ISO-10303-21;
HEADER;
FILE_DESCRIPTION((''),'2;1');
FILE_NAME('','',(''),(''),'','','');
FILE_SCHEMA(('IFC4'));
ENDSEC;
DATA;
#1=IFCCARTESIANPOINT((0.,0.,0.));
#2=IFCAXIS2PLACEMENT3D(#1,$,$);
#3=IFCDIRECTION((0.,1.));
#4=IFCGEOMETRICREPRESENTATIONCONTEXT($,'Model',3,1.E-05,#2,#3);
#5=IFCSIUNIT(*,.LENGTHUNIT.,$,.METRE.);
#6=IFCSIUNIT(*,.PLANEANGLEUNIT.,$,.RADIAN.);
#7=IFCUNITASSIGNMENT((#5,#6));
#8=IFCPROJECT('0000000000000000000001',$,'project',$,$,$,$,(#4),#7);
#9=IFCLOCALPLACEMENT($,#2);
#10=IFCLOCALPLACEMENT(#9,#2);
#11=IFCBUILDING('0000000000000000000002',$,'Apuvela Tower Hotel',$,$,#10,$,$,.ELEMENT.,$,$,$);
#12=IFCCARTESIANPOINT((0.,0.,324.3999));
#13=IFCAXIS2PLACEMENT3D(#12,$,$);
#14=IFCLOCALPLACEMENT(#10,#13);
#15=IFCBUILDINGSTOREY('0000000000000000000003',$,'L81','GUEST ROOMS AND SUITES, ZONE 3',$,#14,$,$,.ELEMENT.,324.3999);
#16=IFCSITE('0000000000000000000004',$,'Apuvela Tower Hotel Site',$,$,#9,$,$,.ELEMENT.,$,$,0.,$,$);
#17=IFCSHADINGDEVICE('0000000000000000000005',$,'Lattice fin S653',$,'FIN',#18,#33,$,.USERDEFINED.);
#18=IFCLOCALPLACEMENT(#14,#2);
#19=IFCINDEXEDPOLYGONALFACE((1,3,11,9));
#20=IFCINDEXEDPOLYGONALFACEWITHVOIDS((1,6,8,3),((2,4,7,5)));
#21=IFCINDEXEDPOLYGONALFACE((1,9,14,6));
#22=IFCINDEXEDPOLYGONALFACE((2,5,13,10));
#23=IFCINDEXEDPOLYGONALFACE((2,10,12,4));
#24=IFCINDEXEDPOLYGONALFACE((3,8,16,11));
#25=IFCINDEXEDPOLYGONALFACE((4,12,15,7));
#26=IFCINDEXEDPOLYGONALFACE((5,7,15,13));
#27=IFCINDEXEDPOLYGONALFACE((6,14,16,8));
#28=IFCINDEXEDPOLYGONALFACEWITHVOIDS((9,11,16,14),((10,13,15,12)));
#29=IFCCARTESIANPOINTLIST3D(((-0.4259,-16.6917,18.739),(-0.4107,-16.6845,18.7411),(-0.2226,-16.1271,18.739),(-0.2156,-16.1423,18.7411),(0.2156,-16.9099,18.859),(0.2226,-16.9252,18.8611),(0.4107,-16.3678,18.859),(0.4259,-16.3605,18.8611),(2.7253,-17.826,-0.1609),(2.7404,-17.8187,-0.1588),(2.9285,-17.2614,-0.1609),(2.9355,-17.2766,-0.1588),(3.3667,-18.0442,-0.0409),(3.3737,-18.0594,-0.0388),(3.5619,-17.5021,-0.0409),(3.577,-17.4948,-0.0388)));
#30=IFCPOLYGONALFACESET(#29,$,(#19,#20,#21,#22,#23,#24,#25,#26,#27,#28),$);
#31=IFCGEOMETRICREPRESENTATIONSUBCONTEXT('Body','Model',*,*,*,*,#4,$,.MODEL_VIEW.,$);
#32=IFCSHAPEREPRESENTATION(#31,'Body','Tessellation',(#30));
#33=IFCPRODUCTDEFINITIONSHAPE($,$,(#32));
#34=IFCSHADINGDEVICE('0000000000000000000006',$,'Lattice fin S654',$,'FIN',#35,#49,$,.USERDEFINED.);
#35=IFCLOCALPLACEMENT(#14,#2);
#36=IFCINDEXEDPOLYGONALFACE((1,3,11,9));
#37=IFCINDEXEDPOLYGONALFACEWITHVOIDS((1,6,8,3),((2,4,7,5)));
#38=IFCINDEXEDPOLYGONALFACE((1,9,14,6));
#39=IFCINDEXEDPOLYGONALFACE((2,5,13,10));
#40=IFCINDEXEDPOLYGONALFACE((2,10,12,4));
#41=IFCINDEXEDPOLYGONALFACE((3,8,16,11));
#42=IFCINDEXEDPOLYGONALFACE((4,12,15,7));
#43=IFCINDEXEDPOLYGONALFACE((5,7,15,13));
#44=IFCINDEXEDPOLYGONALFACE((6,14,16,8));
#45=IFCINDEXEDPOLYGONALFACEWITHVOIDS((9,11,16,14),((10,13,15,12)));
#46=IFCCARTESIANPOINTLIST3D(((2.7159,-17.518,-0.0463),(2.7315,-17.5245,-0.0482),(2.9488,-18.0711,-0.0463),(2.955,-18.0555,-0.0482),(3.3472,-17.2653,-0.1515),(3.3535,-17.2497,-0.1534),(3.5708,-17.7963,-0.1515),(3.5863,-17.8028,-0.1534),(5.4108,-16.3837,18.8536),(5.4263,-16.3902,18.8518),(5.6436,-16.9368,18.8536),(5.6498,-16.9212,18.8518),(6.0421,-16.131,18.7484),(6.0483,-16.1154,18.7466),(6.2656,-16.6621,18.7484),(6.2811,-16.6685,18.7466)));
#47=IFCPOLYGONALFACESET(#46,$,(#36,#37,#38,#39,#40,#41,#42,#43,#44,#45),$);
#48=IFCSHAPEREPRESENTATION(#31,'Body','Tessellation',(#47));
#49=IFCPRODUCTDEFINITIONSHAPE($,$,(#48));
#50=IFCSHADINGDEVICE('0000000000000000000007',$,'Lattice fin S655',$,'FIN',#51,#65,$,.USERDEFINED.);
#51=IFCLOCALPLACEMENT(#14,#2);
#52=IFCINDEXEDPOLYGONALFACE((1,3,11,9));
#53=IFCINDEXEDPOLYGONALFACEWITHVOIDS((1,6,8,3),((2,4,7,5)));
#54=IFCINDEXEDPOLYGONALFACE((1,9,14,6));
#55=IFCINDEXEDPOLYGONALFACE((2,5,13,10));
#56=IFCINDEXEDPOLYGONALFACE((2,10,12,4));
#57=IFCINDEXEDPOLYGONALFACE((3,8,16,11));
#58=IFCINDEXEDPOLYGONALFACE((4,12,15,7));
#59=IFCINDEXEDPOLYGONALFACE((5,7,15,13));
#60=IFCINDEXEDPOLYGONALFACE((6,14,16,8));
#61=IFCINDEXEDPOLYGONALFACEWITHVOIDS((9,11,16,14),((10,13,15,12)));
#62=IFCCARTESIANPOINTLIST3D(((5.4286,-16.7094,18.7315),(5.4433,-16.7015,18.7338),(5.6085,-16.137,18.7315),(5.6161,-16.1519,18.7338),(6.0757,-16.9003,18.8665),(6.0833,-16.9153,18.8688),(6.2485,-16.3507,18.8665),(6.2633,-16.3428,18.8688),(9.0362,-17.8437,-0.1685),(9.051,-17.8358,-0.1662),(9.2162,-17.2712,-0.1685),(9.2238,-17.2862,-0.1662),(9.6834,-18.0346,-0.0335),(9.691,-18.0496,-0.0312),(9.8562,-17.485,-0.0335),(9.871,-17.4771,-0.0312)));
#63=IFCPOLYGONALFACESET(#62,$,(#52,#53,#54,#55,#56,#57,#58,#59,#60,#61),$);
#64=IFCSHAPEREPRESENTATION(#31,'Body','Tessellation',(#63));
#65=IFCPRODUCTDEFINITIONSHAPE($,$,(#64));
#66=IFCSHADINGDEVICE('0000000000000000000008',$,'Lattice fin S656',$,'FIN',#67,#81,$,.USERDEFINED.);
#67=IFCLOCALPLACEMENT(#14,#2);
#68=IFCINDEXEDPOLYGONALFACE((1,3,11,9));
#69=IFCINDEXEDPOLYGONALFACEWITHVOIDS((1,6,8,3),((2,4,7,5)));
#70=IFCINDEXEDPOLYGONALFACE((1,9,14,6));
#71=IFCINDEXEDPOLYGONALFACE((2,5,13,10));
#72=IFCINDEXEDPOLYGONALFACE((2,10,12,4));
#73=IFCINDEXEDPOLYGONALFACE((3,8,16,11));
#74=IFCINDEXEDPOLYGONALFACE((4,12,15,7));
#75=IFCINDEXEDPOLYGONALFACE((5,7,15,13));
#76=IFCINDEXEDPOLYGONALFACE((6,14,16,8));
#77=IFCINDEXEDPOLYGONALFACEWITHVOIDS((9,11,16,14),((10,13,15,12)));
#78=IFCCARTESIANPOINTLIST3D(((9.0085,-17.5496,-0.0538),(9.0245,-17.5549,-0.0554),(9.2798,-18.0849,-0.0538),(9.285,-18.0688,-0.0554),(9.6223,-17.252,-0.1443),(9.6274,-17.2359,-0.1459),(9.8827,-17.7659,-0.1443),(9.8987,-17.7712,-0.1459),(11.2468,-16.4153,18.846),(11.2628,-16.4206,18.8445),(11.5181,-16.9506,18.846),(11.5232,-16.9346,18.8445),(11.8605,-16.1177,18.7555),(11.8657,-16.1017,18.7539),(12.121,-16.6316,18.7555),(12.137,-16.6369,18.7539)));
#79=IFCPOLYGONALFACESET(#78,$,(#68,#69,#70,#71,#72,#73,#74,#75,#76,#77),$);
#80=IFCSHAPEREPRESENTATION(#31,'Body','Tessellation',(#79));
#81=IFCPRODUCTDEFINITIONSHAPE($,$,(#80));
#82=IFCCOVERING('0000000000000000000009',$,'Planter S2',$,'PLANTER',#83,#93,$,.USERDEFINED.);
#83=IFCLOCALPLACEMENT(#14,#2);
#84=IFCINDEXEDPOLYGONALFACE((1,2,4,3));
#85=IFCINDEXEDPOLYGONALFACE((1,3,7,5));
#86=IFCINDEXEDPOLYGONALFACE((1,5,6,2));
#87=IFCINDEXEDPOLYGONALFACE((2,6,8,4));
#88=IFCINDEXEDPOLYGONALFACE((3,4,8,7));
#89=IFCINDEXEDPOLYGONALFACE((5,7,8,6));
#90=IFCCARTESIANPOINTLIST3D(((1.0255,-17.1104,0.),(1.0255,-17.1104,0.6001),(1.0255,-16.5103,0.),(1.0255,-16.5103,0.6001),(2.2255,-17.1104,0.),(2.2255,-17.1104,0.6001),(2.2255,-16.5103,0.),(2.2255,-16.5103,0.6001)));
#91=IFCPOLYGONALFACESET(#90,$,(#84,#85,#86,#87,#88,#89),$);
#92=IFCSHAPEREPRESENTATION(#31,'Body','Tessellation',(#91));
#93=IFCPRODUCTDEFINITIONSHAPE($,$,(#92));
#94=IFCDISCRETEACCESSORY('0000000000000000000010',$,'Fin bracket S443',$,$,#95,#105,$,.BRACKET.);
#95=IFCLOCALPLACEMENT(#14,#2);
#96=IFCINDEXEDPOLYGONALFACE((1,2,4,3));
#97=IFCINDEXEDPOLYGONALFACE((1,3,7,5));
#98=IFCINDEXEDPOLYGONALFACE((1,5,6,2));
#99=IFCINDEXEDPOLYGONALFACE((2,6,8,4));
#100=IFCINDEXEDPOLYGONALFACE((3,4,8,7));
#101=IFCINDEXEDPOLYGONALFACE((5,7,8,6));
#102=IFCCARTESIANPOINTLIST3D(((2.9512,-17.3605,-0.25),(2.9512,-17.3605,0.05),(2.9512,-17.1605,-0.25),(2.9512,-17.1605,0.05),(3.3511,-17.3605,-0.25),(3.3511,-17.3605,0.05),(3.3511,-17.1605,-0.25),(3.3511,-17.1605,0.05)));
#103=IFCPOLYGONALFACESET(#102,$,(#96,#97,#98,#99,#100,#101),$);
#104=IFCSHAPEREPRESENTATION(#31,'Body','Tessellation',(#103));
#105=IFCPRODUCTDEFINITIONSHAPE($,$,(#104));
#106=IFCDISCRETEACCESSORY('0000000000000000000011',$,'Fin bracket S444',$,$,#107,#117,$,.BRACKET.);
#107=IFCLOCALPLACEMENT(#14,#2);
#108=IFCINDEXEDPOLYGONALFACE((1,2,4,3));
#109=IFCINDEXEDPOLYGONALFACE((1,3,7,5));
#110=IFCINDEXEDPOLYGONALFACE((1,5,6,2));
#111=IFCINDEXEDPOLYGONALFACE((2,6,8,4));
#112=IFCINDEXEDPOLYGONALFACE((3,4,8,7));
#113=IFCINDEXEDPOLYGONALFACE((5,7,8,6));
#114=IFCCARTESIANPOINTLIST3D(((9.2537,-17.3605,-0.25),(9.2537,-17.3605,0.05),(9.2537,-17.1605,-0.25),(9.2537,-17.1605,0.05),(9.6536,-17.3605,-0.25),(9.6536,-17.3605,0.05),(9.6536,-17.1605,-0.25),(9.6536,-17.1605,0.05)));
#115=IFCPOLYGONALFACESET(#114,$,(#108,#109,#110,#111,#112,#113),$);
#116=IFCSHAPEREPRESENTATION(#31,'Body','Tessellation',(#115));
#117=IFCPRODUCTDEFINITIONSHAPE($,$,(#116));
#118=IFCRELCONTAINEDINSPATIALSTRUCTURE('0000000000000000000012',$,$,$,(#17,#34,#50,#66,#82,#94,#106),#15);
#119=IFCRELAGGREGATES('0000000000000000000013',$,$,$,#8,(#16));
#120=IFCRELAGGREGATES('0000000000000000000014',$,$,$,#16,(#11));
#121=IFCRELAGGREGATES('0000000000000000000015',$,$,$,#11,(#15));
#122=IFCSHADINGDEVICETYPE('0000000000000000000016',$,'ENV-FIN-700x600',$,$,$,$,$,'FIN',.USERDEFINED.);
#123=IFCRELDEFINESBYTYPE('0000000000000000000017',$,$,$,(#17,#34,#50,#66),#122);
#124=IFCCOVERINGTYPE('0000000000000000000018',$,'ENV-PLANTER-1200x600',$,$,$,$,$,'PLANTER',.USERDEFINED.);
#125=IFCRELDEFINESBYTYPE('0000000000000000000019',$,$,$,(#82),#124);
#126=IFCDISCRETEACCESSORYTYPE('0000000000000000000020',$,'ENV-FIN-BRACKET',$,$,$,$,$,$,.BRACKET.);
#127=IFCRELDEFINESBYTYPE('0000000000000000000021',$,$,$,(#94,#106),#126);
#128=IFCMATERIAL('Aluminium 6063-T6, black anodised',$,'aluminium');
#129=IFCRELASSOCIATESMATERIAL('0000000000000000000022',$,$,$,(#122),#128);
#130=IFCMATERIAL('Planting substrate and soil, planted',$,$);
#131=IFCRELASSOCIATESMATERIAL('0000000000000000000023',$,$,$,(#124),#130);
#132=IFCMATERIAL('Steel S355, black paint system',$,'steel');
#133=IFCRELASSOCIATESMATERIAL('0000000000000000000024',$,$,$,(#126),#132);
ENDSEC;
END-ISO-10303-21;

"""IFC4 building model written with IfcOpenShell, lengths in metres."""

from ifc_helpers import new_model, si_unit, direction, frame, origin, origin_2d, place, context, subcontext, project, spatial, rectangle, hollow_rectangle, extrude, material, material_profile, profile_set, type_object, element, save


model = new_model("IFC4")

# Units and contexts
model_context = context("Model", 3, precision=1e-05, world=origin(), true_north=direction((0.0, 1.0)))
body_context = subcontext(model_context, "Body", "Model", "MODEL_VIEW")
ifc_project = project(units=[si_unit("LENGTHUNIT", "METRE"), si_unit("PLANEANGLEUNIT", "RADIAN")], contexts=[model_context])

# Site, building, storey
site_placement = place(None, origin())
site = spatial("IfcSite", under=ifc_project, at=site_placement, Name="Apuvela Tower Hotel Site", CompositionType="ELEMENT", RefElevation=0.0)
building_placement = place(site_placement, origin())
building = spatial("IfcBuilding", under=site, at=building_placement, Name="Apuvela Tower Hotel", CompositionType="ELEMENT")
storey_placement = place(building_placement, frame((0.0, 0.0, 324.3999)))
storey = spatial("IfcBuildingStorey", under=building, at=storey_placement, Name="L81", Description="GUEST ROOMS AND SUITES, ZONE 3", CompositionType="ELEMENT", Elevation=324.3999)

# Shading devices
ifc_material_1 = material(Name="Aluminium 6063-T6, black anodised", Category="aluminium")
ifc_material_profile_1 = material_profile(ifc_material_1, hollow_rectangle(XDim=0.6001, YDim=0.7, WallThickness=0.012, at=origin_2d()), Name="AL BOX 700x600x12")
ifc_profile_set_1 = profile_set([ifc_material_profile_1], Name="Aluminium 6063-T6, black anodised")
shading_device_type = type_object("IfcShadingDeviceType", Name="ENV-FIN-700x600", ElementType="FIN", PredefinedType="USERDEFINED", material=ifc_profile_set_1)
shading_device_1_placement = place(storey_placement, frame((3.1511, -17.6604, -0.0999), z_axis=(-0.164169, 0.059094, 0.98466), x_axis=(-0.338686, -0.940899, 0.0)))
element("IfcShadingDevice", 1, at=shading_device_1_placement, inside=storey, type_object=shading_device_type, Name="Lattice fin S653", ObjectType="FIN", PredefinedType="USERDEFINED", context=body_context, shape_type="SweptSolid", body=[
    extrude(hollow_rectangle(XDim=0.6001, YDim=0.7, WallThickness=0.012, at=origin_2d()), origin(), (0.0, 0.0, 1.0), 19.1943),
])
shading_device_2_placement = place(storey_placement, frame((3.1511, -17.6604, -0.0999), z_axis=(0.140908, 0.059309, 0.988245), x_axis=(-0.387945, 0.921683, 0.0)))
element("IfcShadingDevice", 2, at=shading_device_2_placement, inside=storey, type_object=shading_device_type, Name="Lattice fin S654", ObjectType="FIN", PredefinedType="USERDEFINED", context=body_context, shape_type="SweptSolid", body=[
    extrude(hollow_rectangle(XDim=0.6001, YDim=0.7, WallThickness=0.012, at=origin_2d()), origin(), (0.0, 0.0, 1.0), 19.1248),
])
shading_device_3_placement = place(storey_placement, frame((9.4536, -17.6604, -0.0999), z_axis=(-0.187173, 0.058848, 0.980563), x_axis=(-0.299932, -0.95396, 0.0)))
element("IfcShadingDevice", 3, at=shading_device_3_placement, inside=storey, type_object=shading_device_type, Name="Lattice fin S655", ObjectType="FIN", PredefinedType="USERDEFINED", context=body_context, shape_type="SweptSolid", body=[
    extrude(hollow_rectangle(XDim=0.6001, YDim=0.7, WallThickness=0.012, at=origin_2d()), origin(), (0.0, 0.0, 1.0), 19.2747),
])
shading_device_4_placement = place(storey_placement, frame((9.4536, -17.6604, -0.0999), z_axis=(0.117398, 0.059493, 0.991301), x_axis=(-0.452033, 0.892001, 0.0)))
element("IfcShadingDevice", 4, at=shading_device_4_placement, inside=storey, type_object=shading_device_type, Name="Lattice fin S656", ObjectType="FIN", PredefinedType="USERDEFINED", context=body_context, shape_type="SweptSolid", body=[
    extrude(hollow_rectangle(XDim=0.6001, YDim=0.7, WallThickness=0.012, at=origin_2d()), origin(), (0.0, 0.0, 1.0), 19.0657),
])

# Covering
ifc_material_2 = material(Name="Planting substrate and soil, planted")
covering_type = type_object("IfcCoveringType", Name="ENV-PLANTER-1200x600", ElementType="PLANTER", PredefinedType="USERDEFINED", material=ifc_material_2)
covering_placement = place(storey_placement, frame((1.6255, -16.8103, 0.0), z_axis=(0.0, 0.0, 1.0), x_axis=(1.0, 0.0, 0.0)))
element("IfcCovering", 5, at=covering_placement, inside=storey, type_object=covering_type, Name="Planter S2", ObjectType="PLANTER", PredefinedType="USERDEFINED", context=body_context, shape_type="SweptSolid", body=[
    extrude(rectangle(XDim=1.2, YDim=0.6001, at=origin_2d()), origin(), (0.0, 0.0, 1.0), 0.6001),
])

# Discrete accessories
ifc_material_3 = material(Name="Steel S355, black paint system", Category="steel")
discrete_accessory_type = type_object("IfcDiscreteAccessoryType", Name="ENV-FIN-BRACKET", PredefinedType="BRACKET", material=ifc_material_3)
for number, where, z_axis, x_axis, name in (
    (6, (3.1511, -17.2605, -0.25), (0.0, 0.0, 1.0), (1.0, 0.0, 0.0), "Fin bracket S443"),
    (7, (9.4536, -17.2605, -0.25), (0.0, 0.0, 1.0), (1.0, 0.0, 0.0), "Fin bracket S444"),
):
    element("IfcDiscreteAccessory", number, at=place(storey_placement, frame(where, z_axis=z_axis, x_axis=x_axis)), inside=storey, type_object=discrete_accessory_type, Name=name, PredefinedType="BRACKET", context=body_context, shape_type="SweptSolid", body=[
        extrude(rectangle(XDim=0.3999, YDim=0.2, at=origin_2d()), origin(), (0.0, 0.0, 1.0), 0.3),
    ])

save(model, "model.ifc")
